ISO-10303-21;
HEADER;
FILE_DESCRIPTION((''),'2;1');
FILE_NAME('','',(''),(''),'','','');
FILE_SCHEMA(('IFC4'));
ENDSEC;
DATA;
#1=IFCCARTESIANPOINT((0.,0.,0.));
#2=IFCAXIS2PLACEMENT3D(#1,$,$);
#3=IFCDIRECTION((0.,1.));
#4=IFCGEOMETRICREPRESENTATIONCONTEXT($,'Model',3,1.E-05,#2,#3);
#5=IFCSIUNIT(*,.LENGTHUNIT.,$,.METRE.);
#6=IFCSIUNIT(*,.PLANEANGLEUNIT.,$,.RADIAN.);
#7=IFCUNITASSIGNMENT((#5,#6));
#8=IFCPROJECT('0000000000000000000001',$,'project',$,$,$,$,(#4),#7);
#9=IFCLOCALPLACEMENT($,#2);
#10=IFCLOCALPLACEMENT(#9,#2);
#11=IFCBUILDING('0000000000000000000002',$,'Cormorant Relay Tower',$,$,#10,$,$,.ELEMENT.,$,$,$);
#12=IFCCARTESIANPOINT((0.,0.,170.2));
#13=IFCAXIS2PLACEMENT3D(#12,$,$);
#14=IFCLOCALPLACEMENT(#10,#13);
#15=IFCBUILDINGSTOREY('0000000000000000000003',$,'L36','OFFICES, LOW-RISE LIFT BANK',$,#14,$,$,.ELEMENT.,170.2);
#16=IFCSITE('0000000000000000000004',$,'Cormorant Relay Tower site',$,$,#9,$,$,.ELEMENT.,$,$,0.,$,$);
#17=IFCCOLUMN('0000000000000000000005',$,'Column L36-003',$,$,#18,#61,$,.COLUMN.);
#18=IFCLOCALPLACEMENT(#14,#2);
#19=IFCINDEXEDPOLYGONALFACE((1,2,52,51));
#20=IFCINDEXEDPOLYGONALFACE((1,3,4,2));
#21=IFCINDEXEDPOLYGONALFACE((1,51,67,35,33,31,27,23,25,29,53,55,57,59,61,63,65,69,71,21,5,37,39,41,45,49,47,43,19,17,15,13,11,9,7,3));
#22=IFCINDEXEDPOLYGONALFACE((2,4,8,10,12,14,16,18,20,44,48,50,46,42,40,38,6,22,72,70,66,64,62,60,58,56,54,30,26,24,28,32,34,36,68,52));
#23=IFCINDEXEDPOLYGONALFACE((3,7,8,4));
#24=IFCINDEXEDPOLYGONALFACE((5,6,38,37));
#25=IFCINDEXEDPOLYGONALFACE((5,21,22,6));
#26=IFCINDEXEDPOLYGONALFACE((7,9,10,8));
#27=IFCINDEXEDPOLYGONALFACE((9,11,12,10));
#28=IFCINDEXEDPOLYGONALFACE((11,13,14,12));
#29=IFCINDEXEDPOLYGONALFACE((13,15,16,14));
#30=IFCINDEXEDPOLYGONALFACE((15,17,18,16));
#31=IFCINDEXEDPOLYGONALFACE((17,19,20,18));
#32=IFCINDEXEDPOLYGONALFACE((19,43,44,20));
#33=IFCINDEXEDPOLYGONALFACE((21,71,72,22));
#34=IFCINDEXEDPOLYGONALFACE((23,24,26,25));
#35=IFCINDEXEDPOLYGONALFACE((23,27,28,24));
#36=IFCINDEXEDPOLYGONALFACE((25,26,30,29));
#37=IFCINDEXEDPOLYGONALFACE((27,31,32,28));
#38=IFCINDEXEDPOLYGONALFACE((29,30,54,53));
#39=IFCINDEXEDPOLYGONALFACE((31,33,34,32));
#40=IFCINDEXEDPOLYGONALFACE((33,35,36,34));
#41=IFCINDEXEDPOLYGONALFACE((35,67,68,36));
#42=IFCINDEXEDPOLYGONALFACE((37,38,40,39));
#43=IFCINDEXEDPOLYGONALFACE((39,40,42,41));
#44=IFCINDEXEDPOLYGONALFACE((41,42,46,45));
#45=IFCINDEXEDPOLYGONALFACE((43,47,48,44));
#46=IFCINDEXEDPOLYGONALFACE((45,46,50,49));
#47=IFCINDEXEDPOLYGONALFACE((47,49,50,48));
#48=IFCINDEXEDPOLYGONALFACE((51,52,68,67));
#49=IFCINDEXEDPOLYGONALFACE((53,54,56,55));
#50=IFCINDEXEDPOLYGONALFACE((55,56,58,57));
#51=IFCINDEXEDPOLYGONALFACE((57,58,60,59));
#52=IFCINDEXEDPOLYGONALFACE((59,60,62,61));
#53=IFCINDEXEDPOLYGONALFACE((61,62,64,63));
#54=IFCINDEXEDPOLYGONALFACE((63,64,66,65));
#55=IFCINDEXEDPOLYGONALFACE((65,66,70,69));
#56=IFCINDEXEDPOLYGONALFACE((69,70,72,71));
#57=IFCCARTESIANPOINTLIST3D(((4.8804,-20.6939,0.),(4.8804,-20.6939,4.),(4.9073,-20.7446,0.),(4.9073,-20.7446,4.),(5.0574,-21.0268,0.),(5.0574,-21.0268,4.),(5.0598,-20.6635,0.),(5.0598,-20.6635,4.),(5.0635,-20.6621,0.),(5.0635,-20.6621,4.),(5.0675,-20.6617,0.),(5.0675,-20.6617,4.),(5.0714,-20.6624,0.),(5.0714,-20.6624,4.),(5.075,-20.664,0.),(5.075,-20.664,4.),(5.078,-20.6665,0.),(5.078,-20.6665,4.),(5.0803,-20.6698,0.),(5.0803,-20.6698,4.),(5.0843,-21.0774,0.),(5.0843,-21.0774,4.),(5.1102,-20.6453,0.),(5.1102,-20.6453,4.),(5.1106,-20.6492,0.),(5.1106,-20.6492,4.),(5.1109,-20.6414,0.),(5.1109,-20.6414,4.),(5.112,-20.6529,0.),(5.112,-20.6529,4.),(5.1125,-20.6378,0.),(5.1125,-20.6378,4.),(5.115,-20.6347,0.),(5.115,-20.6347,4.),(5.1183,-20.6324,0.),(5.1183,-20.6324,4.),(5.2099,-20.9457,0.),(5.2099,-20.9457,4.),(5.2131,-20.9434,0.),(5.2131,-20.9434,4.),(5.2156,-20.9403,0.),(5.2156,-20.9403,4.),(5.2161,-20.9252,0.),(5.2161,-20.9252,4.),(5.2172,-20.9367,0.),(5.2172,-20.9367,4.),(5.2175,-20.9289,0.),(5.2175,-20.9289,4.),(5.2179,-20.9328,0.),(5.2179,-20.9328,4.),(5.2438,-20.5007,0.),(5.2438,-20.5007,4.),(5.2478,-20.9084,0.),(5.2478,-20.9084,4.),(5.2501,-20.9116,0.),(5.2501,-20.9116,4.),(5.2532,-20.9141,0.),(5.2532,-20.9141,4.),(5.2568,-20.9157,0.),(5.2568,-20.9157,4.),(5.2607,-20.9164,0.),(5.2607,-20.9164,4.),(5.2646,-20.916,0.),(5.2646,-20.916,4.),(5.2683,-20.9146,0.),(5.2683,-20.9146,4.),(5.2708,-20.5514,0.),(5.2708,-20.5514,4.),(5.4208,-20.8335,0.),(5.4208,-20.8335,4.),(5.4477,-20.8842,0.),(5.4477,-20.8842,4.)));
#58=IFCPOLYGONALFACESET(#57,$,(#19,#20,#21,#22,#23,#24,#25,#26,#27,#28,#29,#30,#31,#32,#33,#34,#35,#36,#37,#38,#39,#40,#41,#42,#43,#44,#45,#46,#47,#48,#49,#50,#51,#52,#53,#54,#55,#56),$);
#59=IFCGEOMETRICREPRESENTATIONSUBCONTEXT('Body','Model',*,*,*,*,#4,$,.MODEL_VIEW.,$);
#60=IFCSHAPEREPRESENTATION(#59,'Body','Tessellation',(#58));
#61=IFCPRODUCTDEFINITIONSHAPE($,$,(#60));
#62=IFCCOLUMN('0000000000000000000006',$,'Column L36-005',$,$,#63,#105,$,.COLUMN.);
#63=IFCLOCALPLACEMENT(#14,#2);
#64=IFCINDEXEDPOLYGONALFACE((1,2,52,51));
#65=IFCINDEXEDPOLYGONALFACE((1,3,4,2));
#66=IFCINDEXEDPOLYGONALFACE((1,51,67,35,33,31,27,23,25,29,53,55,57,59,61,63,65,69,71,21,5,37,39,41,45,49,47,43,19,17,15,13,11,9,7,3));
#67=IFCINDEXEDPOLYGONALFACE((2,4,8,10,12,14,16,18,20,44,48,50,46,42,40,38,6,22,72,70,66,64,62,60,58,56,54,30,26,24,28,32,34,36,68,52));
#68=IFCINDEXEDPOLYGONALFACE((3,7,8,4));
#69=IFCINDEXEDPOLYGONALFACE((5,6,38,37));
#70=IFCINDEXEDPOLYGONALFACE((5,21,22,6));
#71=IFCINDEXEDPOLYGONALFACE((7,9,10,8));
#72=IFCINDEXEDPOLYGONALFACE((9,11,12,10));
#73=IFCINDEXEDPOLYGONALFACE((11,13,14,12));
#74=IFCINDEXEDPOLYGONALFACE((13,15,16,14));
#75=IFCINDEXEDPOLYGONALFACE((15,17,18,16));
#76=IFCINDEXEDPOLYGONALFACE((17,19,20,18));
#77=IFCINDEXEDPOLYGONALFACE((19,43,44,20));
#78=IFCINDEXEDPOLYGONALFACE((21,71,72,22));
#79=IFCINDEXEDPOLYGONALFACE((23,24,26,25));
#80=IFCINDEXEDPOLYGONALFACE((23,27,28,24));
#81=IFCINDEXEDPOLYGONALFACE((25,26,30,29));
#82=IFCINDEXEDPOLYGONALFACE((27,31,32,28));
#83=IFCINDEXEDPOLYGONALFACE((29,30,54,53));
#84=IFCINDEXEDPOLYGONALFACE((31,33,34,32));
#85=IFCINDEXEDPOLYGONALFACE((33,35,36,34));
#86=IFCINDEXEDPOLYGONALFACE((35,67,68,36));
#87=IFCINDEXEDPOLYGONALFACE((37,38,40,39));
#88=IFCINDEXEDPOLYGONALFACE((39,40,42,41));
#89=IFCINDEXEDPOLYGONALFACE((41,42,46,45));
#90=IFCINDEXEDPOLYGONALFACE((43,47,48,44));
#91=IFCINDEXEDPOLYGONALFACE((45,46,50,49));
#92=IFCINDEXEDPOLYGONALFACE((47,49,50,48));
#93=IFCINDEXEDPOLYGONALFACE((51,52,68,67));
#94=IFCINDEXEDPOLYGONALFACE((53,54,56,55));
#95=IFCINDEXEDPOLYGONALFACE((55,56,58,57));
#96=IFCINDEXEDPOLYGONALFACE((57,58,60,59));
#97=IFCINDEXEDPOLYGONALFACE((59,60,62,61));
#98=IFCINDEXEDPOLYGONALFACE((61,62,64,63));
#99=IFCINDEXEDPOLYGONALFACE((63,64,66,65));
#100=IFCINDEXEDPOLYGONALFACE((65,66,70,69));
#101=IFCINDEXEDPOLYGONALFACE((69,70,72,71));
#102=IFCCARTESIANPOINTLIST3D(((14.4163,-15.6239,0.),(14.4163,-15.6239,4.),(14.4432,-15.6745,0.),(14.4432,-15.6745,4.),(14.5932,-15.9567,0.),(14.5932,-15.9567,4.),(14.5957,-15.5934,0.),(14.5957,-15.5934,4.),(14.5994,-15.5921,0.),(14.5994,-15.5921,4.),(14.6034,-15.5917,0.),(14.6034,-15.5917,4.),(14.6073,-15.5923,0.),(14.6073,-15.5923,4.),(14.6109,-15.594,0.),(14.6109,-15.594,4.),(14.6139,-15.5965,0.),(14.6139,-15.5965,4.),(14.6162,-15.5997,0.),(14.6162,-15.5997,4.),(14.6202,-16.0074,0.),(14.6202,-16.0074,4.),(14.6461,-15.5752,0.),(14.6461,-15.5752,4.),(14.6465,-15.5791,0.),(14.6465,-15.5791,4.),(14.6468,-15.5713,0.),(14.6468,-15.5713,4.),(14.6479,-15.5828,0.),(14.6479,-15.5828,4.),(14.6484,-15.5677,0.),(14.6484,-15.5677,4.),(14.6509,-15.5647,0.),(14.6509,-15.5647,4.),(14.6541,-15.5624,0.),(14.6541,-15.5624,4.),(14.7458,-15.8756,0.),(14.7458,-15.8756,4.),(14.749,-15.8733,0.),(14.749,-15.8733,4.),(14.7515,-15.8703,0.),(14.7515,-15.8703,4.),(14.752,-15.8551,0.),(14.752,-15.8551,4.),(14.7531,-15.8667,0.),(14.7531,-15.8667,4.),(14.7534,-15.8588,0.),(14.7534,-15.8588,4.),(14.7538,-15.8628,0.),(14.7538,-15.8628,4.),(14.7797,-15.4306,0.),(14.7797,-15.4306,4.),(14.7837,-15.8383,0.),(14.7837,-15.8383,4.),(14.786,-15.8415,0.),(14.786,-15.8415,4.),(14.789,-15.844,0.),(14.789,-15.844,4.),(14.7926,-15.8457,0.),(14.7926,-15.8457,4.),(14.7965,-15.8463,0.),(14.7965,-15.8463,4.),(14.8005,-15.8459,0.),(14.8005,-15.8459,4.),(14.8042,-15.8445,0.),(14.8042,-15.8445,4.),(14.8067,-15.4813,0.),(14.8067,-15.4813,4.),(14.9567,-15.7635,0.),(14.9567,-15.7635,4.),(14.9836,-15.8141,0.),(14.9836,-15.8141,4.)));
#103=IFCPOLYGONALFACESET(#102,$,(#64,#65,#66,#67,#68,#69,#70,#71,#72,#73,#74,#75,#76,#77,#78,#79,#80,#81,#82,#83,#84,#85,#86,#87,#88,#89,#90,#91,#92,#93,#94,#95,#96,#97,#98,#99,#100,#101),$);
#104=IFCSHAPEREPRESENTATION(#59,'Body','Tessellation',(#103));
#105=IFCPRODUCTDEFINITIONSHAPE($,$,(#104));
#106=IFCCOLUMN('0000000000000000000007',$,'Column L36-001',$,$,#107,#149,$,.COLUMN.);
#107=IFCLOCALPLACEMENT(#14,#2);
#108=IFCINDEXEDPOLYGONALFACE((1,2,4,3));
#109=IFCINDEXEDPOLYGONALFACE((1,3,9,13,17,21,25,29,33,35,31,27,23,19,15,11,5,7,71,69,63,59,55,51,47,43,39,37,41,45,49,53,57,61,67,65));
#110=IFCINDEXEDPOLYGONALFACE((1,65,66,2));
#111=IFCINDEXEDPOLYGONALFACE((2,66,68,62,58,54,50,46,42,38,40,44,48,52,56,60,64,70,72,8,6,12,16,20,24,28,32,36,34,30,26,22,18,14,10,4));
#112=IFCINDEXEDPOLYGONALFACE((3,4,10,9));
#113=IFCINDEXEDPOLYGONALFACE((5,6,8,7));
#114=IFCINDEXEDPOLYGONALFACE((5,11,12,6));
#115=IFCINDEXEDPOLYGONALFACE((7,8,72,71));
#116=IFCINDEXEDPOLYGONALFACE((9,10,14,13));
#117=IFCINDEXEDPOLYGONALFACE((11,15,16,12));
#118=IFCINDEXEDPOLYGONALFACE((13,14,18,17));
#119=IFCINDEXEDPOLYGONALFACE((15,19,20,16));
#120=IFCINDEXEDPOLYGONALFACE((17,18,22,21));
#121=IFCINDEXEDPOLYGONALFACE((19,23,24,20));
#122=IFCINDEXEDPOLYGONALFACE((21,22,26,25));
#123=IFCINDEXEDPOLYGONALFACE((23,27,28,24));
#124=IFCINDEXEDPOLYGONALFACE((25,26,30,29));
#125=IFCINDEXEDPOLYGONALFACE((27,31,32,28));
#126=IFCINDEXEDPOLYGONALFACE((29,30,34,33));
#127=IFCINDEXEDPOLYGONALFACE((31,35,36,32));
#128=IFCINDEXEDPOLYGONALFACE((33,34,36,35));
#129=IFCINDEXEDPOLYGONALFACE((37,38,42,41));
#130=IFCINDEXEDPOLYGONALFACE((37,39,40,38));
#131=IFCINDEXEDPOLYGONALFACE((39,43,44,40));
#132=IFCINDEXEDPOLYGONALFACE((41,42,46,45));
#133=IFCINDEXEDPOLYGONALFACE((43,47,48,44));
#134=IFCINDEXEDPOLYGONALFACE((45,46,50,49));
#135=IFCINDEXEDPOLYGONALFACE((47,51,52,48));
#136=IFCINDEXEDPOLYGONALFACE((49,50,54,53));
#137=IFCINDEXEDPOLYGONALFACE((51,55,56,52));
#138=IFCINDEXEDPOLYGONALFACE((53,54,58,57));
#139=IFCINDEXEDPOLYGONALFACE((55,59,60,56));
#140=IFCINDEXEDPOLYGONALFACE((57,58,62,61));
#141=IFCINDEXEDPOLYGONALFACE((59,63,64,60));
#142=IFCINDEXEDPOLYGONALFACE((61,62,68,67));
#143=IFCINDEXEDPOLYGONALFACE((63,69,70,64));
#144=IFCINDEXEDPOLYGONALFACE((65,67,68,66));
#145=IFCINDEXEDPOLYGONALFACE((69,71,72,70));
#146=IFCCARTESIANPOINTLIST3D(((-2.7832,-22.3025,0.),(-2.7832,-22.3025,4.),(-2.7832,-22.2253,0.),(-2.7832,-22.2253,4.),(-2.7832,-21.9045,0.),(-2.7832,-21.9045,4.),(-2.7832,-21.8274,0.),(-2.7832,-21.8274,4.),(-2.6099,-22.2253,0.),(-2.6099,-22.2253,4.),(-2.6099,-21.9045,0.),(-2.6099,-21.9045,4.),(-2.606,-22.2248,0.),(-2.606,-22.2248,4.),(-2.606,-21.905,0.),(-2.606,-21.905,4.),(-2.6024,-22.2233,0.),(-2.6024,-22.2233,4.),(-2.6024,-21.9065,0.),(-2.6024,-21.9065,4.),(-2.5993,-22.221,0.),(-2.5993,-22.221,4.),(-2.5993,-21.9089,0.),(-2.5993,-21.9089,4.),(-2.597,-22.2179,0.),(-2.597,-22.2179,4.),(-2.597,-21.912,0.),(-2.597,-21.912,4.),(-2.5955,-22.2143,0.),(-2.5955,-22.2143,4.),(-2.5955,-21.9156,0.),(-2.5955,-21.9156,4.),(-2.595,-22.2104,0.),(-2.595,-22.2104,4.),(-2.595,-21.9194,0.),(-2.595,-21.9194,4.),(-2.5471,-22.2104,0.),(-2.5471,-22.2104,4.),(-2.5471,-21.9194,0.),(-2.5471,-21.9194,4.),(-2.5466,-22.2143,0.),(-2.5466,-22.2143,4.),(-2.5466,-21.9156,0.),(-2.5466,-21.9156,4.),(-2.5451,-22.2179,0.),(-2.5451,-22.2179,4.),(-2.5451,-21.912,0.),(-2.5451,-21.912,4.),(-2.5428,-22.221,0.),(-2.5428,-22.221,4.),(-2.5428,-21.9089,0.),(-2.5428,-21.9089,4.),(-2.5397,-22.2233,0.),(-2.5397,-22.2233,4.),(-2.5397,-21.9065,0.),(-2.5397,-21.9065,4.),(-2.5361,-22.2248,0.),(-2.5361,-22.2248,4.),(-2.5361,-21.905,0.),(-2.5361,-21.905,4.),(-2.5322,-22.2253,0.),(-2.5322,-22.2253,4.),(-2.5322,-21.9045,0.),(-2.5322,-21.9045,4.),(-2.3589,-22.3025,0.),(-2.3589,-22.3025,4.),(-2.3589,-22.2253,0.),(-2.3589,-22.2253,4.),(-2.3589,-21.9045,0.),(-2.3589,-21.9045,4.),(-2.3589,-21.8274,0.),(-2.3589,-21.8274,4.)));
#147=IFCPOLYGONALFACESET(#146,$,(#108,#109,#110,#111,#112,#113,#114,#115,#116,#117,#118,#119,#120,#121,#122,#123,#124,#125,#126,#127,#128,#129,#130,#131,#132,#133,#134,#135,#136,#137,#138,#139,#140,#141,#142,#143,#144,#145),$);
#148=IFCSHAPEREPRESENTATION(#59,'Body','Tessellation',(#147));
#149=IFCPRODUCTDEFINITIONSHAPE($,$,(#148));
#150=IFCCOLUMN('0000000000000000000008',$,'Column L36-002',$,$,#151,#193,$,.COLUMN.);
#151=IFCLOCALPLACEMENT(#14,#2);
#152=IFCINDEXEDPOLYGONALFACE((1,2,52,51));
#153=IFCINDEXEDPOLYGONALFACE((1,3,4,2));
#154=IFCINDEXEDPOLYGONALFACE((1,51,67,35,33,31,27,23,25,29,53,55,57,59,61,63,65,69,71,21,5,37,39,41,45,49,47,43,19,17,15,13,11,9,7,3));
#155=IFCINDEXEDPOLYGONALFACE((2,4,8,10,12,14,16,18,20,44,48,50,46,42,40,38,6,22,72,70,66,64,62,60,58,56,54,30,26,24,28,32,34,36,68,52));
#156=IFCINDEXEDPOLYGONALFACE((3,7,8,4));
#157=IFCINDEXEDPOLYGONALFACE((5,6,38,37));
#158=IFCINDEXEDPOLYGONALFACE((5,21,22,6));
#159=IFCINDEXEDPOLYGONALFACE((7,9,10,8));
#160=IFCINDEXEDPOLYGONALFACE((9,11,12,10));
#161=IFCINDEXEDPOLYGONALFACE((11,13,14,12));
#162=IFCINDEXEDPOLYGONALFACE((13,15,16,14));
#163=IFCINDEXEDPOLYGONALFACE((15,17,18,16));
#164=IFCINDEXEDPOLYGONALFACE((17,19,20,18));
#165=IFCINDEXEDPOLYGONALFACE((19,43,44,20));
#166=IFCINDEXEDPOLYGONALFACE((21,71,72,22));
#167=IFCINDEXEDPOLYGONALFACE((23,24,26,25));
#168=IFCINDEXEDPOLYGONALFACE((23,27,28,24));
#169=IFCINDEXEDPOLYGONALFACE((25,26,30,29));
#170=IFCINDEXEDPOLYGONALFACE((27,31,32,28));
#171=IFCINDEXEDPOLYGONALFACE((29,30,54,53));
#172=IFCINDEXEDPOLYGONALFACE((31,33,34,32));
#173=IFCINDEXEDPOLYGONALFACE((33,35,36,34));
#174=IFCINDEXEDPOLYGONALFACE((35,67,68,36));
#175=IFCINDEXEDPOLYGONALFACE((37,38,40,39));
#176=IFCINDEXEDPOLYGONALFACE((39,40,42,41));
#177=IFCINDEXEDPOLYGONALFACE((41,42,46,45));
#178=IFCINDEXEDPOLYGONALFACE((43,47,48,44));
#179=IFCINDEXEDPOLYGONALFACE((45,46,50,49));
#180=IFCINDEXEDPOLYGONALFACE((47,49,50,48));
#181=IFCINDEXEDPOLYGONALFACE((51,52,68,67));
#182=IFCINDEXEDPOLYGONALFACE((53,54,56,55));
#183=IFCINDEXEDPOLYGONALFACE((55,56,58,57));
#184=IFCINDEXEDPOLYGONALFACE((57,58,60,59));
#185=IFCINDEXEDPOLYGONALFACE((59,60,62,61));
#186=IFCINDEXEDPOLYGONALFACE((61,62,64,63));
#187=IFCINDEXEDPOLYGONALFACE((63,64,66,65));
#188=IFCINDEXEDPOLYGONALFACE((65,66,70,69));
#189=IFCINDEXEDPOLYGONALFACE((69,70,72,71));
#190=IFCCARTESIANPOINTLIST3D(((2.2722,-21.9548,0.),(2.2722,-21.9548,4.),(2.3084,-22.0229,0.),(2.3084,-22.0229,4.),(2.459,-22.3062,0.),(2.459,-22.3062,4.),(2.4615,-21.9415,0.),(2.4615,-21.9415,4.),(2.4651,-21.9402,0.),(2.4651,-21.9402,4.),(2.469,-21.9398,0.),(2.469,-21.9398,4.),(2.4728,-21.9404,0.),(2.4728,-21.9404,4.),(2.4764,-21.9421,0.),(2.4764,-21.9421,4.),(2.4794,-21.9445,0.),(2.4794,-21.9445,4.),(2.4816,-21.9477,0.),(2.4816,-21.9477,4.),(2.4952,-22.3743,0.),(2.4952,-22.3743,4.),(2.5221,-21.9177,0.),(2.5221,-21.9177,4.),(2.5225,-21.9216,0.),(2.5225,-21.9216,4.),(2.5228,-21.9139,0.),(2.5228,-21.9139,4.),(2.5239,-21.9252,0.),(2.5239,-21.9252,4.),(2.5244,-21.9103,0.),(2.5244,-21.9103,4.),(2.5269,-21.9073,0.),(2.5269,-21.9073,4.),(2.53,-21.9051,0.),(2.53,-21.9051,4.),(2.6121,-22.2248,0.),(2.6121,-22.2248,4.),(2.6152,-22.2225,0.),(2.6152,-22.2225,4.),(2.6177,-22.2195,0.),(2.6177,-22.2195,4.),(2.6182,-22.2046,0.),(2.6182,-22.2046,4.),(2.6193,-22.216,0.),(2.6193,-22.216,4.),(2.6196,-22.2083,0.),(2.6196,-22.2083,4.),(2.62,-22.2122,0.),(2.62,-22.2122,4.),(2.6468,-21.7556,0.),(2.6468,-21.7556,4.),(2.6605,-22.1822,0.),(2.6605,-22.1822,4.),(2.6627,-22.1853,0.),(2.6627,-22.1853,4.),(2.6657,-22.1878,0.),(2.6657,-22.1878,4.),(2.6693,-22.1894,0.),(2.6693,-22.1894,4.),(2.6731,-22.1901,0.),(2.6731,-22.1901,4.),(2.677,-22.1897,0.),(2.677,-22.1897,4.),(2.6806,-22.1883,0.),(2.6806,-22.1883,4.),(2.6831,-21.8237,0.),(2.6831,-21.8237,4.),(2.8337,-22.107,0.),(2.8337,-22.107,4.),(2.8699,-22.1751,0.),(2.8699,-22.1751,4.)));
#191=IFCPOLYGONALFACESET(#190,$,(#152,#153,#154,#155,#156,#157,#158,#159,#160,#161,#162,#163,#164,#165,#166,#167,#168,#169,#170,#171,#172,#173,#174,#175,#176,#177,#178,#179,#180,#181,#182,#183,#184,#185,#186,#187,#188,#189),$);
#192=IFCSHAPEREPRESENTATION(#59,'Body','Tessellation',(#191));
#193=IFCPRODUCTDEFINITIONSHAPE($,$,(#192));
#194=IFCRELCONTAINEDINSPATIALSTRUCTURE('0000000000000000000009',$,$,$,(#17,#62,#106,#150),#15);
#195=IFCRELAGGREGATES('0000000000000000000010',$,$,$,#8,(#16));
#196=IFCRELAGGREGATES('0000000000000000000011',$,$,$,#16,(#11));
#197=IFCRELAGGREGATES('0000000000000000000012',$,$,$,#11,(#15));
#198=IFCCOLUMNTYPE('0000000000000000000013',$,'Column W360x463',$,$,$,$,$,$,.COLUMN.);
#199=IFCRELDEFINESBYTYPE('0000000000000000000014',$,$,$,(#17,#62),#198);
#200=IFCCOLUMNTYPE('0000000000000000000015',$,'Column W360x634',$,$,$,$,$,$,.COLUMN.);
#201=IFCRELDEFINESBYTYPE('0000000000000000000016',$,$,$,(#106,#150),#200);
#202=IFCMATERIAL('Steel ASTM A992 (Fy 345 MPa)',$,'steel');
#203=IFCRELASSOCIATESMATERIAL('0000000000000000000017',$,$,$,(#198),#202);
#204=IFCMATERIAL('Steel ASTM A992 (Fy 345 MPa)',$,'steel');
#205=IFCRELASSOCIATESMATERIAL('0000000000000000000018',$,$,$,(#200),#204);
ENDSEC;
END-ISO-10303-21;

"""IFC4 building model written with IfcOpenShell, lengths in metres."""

from ifc_helpers import new_model, si_unit, direction, frame, origin, origin_2d, place, context, subcontext, project, spatial, i_section, extrude, material, material_profile, profile_set, type_object, element, save


model = new_model("IFC4")

# Units and contexts
model_context = context("Model", 3, precision=1e-05, world=origin(), true_north=direction((0.0, 1.0)))
body_context = subcontext(model_context, "Body", "Model", "MODEL_VIEW")
ifc_project = project(units=[si_unit("LENGTHUNIT", "METRE"), si_unit("PLANEANGLEUNIT", "RADIAN")], contexts=[model_context])

# Site, building, storey
site_placement = place(None, origin())
site = spatial("IfcSite", under=ifc_project, at=site_placement, Name="Cormorant Relay Tower site", CompositionType="ELEMENT", RefElevation=0.0)
building_placement = place(site_placement, origin())
building = spatial("IfcBuilding", under=site, at=building_placement, Name="Cormorant Relay Tower", CompositionType="ELEMENT")
storey_placement = place(building_placement, frame((0.0, 0.0, 170.2)))
storey = spatial("IfcBuildingStorey", under=building, at=storey_placement, Name="L36", Description="OFFICES, LOW-RISE LIFT BANK", CompositionType="ELEMENT", Elevation=170.2)

# Columns
ifc_material_1 = material(Name="Steel ASTM A992 (Fy 345 MPa)", Category="steel")
ifc_material_profile_1 = material_profile(ifc_material_1, i_section(OverallWidth=0.4116, OverallDepth=0.4343, WebThickness=0.0359, FlangeThickness=0.0574, FilletRadius=0.0151, at=origin_2d()), Name="W360x463")
ifc_profile_set_1 = profile_set([ifc_material_profile_1], Name="Steel ASTM A992 (Fy 345 MPa)")
column_type_1 = type_object("IfcColumnType", Name="Column W360x463", PredefinedType="COLUMN", material=ifc_profile_set_1)
for number, where, z_axis, x_axis, name in (
    (1, (5.1641, -20.7891, 0.0), (0.0, 0.0, 1.0), (0.882948, 0.469472, 0.0), "Column L36-003"),
    (2, (14.7, -15.719, 0.0), (0.0, 0.0, 1.0), (0.882948, 0.469472, 0.0), "Column L36-005"),
):
    element("IfcColumn", number, at=place(storey_placement, frame(where, z_axis=z_axis, x_axis=x_axis)), inside=storey, type_object=column_type_1, Name=name, PredefinedType="COLUMN", context=body_context, shape_type="SweptSolid", body=[
        extrude(i_section(OverallWidth=0.4116, OverallDepth=0.4343, WebThickness=0.0359, FlangeThickness=0.0574, FilletRadius=0.0151, at=origin_2d()), origin(), (0.0, 0.0, 1.0), 4.0),
    ])
ifc_material_2 = material(Name="Steel ASTM A992 (Fy 345 MPa)", Category="steel")
ifc_material_profile_2 = material_profile(ifc_material_2, i_section(OverallWidth=0.4243, OverallDepth=0.4751, WebThickness=0.0479, FlangeThickness=0.0771, FilletRadius=0.0149, at=origin_2d()), Name="W360x634")
ifc_profile_set_2 = profile_set([ifc_material_profile_2], Name="Steel ASTM A992 (Fy 345 MPa)")
column_type_2 = type_object("IfcColumnType", Name="Column W360x634", PredefinedType="COLUMN", material=ifc_profile_set_2)
for number, where, z_axis, x_axis, name in (
    (3, (-2.571, -22.0649, 0.0), (0.0, 0.0, 1.0), (1.0, 0.0, 0.0), "Column L36-001"),
    (4, (2.571, -22.0649, 0.0), (0.0, 0.0, 1.0), (0.882948, 0.469472, 0.0), "Column L36-002"),
):
    element("IfcColumn", number, at=place(storey_placement, frame(where, z_axis=z_axis, x_axis=x_axis)), inside=storey, type_object=column_type_2, Name=name, PredefinedType="COLUMN", context=body_context, shape_type="SweptSolid", body=[
        extrude(i_section(OverallWidth=0.4243, OverallDepth=0.4751, WebThickness=0.0479, FlangeThickness=0.0771, FilletRadius=0.0149, at=origin_2d()), origin(), (0.0, 0.0, 1.0), 4.0),
    ])

save(model, "model.ifc")
